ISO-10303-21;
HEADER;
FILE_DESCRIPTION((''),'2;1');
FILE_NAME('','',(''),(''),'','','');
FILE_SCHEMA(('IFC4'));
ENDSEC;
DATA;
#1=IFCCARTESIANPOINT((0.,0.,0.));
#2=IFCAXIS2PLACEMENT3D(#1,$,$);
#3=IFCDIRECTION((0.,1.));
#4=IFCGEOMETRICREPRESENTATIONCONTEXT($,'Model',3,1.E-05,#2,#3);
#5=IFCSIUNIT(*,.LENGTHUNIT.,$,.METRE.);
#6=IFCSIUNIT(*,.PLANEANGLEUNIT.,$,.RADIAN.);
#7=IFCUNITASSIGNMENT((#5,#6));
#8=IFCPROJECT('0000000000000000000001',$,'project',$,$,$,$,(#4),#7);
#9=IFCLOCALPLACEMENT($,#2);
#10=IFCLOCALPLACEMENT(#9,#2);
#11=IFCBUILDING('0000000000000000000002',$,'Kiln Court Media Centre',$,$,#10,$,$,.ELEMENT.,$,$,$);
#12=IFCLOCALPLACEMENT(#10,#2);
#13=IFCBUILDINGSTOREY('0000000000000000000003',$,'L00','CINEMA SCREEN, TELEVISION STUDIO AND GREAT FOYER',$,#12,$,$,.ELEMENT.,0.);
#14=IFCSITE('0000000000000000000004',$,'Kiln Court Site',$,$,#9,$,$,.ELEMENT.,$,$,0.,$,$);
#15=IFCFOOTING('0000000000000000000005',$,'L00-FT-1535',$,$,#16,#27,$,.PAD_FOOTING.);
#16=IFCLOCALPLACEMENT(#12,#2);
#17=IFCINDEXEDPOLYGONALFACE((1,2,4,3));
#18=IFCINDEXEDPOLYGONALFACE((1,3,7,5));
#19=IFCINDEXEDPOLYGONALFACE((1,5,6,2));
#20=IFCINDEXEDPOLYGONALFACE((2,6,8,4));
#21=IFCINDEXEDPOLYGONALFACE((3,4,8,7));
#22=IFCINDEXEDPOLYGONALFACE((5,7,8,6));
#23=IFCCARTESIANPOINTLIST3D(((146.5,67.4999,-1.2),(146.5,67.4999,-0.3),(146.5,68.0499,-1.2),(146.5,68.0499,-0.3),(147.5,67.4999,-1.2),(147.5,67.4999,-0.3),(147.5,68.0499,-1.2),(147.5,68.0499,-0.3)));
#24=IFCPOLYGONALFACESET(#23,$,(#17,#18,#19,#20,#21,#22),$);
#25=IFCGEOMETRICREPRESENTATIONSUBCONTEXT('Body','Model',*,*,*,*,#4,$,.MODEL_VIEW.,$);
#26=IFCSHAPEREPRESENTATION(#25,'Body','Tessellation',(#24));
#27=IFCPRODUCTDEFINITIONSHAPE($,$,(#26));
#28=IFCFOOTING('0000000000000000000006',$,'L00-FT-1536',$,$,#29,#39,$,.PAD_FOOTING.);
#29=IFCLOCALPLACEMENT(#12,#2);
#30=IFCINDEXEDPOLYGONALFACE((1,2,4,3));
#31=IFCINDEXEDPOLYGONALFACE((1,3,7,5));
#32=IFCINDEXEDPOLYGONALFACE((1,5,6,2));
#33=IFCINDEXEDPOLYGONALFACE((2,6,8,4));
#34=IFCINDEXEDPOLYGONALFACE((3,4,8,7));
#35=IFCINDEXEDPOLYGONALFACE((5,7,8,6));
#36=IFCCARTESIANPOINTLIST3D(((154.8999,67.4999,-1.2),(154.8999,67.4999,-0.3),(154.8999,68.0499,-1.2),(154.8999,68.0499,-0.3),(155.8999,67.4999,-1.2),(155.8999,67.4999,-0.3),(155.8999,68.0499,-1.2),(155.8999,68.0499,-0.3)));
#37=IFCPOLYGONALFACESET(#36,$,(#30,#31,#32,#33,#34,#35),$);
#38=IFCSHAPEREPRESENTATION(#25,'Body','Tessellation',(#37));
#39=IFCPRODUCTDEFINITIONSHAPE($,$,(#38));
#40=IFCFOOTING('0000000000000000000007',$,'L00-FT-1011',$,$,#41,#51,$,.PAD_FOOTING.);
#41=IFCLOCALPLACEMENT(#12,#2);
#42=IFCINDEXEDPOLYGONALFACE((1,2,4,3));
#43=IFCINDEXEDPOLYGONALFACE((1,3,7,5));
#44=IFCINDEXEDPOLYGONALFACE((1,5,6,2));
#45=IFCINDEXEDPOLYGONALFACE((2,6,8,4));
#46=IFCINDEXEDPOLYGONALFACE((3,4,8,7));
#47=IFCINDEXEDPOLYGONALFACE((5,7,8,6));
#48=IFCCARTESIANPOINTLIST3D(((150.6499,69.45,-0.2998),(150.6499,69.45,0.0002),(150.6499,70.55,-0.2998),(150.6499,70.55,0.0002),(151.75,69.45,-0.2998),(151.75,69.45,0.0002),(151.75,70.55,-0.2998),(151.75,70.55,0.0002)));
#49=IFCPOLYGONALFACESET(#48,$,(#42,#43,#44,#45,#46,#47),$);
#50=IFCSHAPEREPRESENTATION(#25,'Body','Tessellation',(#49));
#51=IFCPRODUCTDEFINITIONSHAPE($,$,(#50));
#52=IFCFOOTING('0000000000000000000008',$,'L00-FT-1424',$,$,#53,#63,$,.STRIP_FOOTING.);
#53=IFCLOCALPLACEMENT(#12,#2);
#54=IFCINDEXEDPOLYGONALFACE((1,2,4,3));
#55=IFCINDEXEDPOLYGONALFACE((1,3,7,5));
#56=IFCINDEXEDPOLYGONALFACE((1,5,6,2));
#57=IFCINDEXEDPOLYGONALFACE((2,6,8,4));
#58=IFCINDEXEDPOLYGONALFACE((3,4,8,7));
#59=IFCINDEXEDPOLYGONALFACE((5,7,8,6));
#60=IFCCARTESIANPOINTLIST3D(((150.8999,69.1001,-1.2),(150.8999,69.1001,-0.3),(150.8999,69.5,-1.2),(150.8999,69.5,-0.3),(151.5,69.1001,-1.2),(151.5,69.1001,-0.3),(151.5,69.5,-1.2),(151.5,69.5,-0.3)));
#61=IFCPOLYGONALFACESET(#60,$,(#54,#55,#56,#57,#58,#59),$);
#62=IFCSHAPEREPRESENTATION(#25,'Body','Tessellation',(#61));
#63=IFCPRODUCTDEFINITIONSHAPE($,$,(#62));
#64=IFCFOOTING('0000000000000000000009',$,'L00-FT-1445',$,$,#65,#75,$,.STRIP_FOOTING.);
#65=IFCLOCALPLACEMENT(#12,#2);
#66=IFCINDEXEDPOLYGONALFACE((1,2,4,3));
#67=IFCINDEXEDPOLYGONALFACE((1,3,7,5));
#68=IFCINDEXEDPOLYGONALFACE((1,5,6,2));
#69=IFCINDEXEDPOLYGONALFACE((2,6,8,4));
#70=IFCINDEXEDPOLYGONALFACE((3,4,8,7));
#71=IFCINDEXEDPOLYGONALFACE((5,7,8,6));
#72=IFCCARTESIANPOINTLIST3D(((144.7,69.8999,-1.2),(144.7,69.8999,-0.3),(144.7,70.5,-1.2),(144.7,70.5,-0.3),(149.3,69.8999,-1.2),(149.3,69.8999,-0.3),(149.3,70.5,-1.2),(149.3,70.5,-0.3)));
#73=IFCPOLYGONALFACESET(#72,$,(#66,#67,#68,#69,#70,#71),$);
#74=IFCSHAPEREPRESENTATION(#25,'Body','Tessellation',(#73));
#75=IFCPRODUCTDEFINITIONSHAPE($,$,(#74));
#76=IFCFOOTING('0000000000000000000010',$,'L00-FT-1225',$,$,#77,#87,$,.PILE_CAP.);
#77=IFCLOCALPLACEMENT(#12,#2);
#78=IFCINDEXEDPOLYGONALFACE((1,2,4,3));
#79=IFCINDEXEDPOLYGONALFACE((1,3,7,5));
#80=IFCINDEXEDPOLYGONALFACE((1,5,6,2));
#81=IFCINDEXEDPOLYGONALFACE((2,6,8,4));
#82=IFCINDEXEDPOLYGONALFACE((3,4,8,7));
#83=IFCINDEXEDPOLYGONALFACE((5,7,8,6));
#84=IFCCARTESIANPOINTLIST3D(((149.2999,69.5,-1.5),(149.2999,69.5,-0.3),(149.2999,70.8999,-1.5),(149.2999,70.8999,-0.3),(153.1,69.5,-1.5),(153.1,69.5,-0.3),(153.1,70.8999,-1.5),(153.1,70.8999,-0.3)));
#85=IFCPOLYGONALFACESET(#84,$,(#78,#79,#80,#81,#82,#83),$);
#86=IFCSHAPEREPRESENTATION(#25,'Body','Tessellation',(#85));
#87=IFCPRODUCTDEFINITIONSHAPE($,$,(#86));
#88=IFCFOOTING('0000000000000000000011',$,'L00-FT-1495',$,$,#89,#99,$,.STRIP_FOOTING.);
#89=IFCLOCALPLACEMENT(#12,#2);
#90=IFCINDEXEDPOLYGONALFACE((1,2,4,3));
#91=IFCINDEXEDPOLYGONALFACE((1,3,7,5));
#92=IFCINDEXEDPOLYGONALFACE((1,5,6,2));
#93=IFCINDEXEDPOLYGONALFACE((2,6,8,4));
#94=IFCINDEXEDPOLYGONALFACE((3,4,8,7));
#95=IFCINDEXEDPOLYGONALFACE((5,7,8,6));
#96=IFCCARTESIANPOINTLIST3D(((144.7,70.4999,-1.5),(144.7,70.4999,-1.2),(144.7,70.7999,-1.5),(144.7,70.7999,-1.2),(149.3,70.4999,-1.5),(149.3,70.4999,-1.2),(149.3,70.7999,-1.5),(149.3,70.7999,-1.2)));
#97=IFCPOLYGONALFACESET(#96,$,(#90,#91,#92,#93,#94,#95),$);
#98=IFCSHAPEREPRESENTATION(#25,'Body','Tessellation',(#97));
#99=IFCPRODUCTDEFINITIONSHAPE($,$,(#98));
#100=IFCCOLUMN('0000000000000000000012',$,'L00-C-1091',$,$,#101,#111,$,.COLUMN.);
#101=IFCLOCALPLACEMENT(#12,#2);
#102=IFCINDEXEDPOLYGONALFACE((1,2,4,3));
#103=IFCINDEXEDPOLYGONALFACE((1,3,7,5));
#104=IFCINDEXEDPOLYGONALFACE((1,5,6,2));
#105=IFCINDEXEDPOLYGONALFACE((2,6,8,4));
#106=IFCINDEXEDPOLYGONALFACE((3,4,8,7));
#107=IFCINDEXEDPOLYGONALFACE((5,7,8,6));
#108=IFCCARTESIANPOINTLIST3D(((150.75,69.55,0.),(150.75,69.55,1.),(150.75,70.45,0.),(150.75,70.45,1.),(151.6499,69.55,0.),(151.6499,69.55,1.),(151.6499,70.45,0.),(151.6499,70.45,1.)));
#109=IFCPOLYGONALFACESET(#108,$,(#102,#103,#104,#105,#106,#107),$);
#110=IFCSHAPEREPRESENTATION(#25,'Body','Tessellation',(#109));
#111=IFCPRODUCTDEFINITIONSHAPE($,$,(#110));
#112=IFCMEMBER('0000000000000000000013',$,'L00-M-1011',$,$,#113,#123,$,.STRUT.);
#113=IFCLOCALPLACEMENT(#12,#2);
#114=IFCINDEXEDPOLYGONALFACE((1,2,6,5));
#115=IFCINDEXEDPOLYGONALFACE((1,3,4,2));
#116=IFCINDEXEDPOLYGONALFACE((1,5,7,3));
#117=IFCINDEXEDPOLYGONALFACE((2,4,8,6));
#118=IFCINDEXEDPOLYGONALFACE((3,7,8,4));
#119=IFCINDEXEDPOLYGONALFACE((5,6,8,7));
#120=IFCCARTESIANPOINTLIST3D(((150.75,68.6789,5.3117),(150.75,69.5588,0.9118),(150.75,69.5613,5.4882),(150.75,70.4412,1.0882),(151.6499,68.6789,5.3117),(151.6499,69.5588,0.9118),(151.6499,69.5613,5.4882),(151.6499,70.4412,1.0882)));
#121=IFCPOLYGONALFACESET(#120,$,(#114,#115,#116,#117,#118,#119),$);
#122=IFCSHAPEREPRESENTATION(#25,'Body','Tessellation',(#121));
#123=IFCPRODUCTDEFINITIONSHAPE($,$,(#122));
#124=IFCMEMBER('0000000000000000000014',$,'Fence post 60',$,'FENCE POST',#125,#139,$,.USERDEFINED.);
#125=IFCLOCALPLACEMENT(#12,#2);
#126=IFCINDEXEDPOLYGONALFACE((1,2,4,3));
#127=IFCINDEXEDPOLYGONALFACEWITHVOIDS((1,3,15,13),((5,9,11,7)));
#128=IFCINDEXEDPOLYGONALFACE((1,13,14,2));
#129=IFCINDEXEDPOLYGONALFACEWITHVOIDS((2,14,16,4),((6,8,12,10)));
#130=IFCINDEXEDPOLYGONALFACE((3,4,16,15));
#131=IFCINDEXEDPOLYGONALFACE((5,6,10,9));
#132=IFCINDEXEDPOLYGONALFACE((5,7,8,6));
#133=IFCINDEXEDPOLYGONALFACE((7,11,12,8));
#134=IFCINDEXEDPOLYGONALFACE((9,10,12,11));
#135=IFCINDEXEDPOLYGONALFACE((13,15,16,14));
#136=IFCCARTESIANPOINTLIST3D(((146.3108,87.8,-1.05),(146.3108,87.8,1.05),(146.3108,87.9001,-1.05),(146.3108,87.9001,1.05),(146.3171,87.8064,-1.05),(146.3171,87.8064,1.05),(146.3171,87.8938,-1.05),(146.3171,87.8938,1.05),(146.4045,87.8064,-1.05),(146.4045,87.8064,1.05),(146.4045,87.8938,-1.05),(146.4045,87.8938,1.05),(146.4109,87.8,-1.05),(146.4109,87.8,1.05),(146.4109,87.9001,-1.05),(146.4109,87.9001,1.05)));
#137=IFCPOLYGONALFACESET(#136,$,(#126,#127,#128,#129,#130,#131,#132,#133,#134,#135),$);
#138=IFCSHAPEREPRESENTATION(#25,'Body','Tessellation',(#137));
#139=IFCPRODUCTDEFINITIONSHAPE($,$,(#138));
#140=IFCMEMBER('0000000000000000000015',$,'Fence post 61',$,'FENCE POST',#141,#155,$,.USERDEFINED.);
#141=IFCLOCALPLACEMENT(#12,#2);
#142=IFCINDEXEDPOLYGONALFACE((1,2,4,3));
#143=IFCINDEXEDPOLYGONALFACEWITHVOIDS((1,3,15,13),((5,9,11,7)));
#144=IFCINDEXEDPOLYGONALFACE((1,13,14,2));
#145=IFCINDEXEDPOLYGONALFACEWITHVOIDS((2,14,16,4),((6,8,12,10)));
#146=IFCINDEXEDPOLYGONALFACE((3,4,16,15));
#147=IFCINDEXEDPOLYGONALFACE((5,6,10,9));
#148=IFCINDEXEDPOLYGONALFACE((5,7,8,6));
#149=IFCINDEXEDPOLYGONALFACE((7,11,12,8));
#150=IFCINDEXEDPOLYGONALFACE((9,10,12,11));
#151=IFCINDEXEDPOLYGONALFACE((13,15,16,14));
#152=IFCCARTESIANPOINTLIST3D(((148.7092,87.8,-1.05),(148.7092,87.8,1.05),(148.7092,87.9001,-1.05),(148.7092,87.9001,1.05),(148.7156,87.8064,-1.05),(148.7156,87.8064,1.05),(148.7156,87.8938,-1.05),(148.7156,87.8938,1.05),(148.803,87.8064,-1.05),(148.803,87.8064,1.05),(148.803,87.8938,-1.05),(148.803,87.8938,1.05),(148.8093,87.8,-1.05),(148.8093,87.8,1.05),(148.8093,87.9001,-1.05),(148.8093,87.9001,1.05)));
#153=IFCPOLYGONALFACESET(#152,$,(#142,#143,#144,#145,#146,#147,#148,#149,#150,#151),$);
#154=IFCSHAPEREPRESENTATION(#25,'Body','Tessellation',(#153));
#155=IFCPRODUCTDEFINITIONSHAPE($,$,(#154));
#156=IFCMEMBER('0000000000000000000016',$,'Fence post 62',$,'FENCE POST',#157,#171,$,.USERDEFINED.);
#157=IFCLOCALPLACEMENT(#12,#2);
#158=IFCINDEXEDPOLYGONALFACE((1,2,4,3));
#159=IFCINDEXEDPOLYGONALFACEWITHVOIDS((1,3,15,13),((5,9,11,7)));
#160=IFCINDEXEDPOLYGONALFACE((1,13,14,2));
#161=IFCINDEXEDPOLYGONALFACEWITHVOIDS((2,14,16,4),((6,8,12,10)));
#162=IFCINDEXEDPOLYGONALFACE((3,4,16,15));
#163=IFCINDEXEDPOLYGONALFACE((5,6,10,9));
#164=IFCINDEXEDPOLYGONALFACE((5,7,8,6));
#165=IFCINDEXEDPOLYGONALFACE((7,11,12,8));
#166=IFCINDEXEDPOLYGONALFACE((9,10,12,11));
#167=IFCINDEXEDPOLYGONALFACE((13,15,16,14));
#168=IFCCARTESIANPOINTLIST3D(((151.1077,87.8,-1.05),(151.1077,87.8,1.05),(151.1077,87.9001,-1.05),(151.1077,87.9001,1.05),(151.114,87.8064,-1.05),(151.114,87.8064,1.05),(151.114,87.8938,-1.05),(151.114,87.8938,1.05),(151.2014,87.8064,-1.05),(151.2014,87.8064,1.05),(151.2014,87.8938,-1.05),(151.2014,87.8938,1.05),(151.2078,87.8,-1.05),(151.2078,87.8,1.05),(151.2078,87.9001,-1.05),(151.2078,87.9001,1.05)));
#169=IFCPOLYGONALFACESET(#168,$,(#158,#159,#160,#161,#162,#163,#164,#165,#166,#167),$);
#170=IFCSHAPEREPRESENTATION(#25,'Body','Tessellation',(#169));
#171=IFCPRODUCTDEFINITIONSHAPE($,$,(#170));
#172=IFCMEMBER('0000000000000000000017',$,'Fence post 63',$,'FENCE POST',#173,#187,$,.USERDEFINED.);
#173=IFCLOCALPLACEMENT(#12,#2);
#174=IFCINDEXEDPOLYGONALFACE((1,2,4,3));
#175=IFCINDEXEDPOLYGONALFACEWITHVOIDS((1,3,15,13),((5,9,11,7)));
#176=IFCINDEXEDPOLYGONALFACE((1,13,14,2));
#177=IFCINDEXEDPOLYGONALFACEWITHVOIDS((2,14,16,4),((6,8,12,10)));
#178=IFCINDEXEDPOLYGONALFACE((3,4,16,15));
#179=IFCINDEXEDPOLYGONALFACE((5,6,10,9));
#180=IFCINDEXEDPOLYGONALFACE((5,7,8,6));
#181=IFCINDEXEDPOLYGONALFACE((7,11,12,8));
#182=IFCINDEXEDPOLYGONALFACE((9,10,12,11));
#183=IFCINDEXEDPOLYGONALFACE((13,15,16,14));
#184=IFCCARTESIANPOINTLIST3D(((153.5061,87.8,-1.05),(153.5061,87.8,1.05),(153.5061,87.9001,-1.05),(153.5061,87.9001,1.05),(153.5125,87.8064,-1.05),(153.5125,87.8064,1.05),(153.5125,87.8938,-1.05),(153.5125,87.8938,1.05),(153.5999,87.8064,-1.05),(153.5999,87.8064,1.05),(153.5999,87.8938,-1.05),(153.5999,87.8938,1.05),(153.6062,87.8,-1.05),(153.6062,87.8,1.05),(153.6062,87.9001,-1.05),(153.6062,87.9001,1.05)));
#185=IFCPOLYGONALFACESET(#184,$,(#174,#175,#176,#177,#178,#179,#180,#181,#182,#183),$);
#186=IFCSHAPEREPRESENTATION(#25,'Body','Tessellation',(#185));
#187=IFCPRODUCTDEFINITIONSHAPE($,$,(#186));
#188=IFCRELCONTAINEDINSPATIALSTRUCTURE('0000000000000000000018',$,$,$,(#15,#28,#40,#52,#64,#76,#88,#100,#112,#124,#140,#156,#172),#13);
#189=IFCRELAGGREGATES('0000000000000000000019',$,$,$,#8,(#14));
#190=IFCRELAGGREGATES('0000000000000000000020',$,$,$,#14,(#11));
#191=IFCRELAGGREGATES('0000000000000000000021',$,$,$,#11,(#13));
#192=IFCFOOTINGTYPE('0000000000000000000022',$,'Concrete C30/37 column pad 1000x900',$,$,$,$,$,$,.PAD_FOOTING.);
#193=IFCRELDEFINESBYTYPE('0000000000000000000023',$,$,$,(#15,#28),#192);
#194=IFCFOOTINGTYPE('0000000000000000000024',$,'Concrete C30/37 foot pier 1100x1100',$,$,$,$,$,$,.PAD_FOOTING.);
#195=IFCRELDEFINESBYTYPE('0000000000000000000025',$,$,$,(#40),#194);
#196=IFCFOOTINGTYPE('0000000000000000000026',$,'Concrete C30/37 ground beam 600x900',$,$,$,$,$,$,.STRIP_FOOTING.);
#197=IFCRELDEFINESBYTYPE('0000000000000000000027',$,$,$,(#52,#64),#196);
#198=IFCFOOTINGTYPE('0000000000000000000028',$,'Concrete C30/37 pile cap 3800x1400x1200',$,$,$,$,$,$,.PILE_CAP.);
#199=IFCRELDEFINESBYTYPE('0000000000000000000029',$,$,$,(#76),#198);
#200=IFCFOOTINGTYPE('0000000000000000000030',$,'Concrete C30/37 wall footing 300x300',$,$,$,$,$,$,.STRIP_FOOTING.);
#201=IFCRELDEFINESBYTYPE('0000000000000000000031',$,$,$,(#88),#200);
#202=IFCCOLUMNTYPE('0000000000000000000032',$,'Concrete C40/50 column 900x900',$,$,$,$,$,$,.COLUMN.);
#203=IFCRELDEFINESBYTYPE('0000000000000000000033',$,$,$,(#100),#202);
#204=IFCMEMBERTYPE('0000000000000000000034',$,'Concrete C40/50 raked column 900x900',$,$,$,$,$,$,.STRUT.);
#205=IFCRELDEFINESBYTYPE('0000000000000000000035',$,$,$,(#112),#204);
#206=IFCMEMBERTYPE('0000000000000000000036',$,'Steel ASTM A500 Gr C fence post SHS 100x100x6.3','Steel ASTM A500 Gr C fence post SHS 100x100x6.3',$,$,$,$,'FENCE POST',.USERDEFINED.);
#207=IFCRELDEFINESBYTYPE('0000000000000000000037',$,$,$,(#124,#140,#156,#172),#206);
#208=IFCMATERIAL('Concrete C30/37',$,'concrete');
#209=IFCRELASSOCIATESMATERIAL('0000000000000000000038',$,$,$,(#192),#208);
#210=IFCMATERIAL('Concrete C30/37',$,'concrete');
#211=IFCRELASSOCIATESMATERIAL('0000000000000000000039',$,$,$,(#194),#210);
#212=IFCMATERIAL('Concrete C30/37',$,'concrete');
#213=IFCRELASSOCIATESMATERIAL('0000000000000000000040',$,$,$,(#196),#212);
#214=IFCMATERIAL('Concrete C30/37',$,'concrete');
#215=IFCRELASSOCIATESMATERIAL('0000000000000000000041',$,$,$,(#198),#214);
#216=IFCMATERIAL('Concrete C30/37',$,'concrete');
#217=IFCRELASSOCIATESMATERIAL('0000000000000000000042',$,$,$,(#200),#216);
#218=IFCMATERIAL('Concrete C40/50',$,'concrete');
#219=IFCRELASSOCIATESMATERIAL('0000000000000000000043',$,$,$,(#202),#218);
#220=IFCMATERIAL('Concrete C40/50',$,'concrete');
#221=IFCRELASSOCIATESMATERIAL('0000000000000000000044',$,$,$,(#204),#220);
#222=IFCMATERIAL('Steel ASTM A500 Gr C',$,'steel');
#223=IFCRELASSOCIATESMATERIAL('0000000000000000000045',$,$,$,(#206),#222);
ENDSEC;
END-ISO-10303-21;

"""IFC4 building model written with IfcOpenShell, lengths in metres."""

from ifc_helpers import new_model, si_unit, direction, frame, origin, origin_2d, place, context, subcontext, project, spatial, rectangle, hollow_rectangle, extrude, material, material_profile, profile_set, type_object, element, save


model = new_model("IFC4")

# Units and contexts
model_context = context("Model", 3, precision=1e-05, world=origin(), true_north=direction((0.0, 1.0)))
body_context = subcontext(model_context, "Body", "Model", "MODEL_VIEW")
ifc_project = project(units=[si_unit("LENGTHUNIT", "METRE"), si_unit("PLANEANGLEUNIT", "RADIAN")], contexts=[model_context])

# Site, building, storey
site_placement = place(None, origin())
site = spatial("IfcSite", under=ifc_project, at=site_placement, Name="Kiln Court Site", CompositionType="ELEMENT", RefElevation=0.0)
building_placement = place(site_placement, origin())
building = spatial("IfcBuilding", under=site, at=building_placement, Name="Kiln Court Media Centre", CompositionType="ELEMENT")
storey_placement = place(building_placement, origin())
storey = spatial("IfcBuildingStorey", under=building, at=storey_placement, Name="L00", Description="CINEMA SCREEN, TELEVISION STUDIO AND GREAT FOYER", CompositionType="ELEMENT", Elevation=0.0)

# Footings
ifc_material_1 = material(Name="Concrete C30/37", Category="concrete")
footing_type_1 = type_object("IfcFootingType", Name="Concrete C30/37 column pad 1000x900", PredefinedType="PAD_FOOTING", material=ifc_material_1)
for number, where, z_axis, x_axis, name in (
    (1, (147.0, 67.7749, -1.2), (0.0, 0.0, 1.0), (1.0, 0.0, 0.0), "L00-FT-1535"),
    (2, (155.3999, 67.7749, -1.2), (0.0, 0.0, 1.0), (1.0, 0.0, 0.0), "L00-FT-1536"),
):
    element("IfcFooting", number, at=place(storey_placement, frame(where, z_axis=z_axis, x_axis=x_axis)), inside=storey, type_object=footing_type_1, Name=name, PredefinedType="PAD_FOOTING", context=body_context, shape_type="SweptSolid", body=[
        extrude(rectangle(XDim=1.0, YDim=0.55, at=origin_2d()), origin(), (0.0, 0.0, 1.0), 0.8999),
    ])
ifc_material_2 = material(Name="Concrete C30/37", Category="concrete")
footing_type_2 = type_object("IfcFootingType", Name="Concrete C30/37 foot pier 1100x1100", PredefinedType="PAD_FOOTING", material=ifc_material_2)
footing_1_placement = place(storey_placement, frame((151.2, 70.0, -0.2998), z_axis=(0.0, 0.0, 1.0), x_axis=(1.0, 0.0, 0.0)))
element("IfcFooting", 3, at=footing_1_placement, inside=storey, type_object=footing_type_2, Name="L00-FT-1011", PredefinedType="PAD_FOOTING", context=body_context, shape_type="SweptSolid", body=[
    extrude(rectangle(XDim=1.1001, YDim=1.1001, at=origin_2d()), origin(), (0.0, 0.0, 1.0), 0.3),
])
ifc_material_3 = material(Name="Concrete C30/37", Category="concrete")
footing_type_3 = type_object("IfcFootingType", Name="Concrete C30/37 ground beam 600x900", PredefinedType="STRIP_FOOTING", material=ifc_material_3)
footing_2_placement = place(storey_placement, frame((151.2, 69.3, -1.2), z_axis=(0.0, 0.0, 1.0), x_axis=(1.0, 0.0, 0.0)))
element("IfcFooting", 4, at=footing_2_placement, inside=storey, type_object=footing_type_3, Name="L00-FT-1424", PredefinedType="STRIP_FOOTING", context=body_context, shape_type="SweptSolid", body=[
    extrude(rectangle(XDim=0.6001, YDim=0.3999, at=origin_2d()), origin(), (0.0, 0.0, 1.0), 0.8999),
])
footing_3_placement = place(storey_placement, frame((147.0, 70.2, -1.2), z_axis=(0.0, 0.0, 1.0), x_axis=(1.0, 0.0, 0.0)))
element("IfcFooting", 5, at=footing_3_placement, inside=storey, type_object=footing_type_3, Name="L00-FT-1445", PredefinedType="STRIP_FOOTING", context=body_context, shape_type="SweptSolid", body=[
    extrude(rectangle(XDim=4.6001, YDim=0.6001, at=origin_2d()), origin(), (0.0, 0.0, 1.0), 0.8999),
])
ifc_material_4 = material(Name="Concrete C30/37", Category="concrete")
footing_type_4 = type_object("IfcFootingType", Name="Concrete C30/37 pile cap 3800x1400x1200", PredefinedType="PILE_CAP", material=ifc_material_4)
footing_4_placement = place(storey_placement, frame((151.2, 70.2, -1.5), z_axis=(0.0, 0.0, 1.0), x_axis=(1.0, 0.0, 0.0)))
element("IfcFooting", 6, at=footing_4_placement, inside=storey, type_object=footing_type_4, Name="L00-FT-1225", PredefinedType="PILE_CAP", context=body_context, shape_type="SweptSolid", body=[
    extrude(rectangle(XDim=3.8, YDim=1.3999, at=origin_2d()), origin(), (0.0, 0.0, 1.0), 1.2),
])
ifc_material_5 = material(Name="Concrete C30/37", Category="concrete")
footing_type_5 = type_object("IfcFootingType", Name="Concrete C30/37 wall footing 300x300", PredefinedType="STRIP_FOOTING", material=ifc_material_5)
footing_5_placement = place(storey_placement, frame((147.0, 70.6499, -1.5), z_axis=(0.0, 0.0, 1.0), x_axis=(1.0, 0.0, 0.0)))
element("IfcFooting", 7, at=footing_5_placement, inside=storey, type_object=footing_type_5, Name="L00-FT-1495", PredefinedType="STRIP_FOOTING", context=body_context, shape_type="SweptSolid", body=[
    extrude(rectangle(XDim=4.6001, YDim=0.3, at=origin_2d()), origin(), (0.0, 0.0, 1.0), 0.3),
])

# Column
ifc_material_6 = material(Name="Concrete C40/50", Category="concrete")
ifc_material_profile_1 = material_profile(ifc_material_6, rectangle(XDim=0.8999, YDim=0.8999, at=origin_2d()), Name="RC 900x900")
ifc_profile_set_1 = profile_set([ifc_material_profile_1], Name="Concrete C40/50")
column_type = type_object("IfcColumnType", Name="Concrete C40/50 column 900x900", PredefinedType="COLUMN", material=ifc_profile_set_1)
column_placement = place(storey_placement, frame((151.2, 70.0, 0.0), z_axis=(0.0, 0.0, 1.0), x_axis=(1.0, 0.0, 0.0)))
element("IfcColumn", 8, at=column_placement, inside=storey, type_object=column_type, Name="L00-C-1091", PredefinedType="COLUMN", context=body_context, shape_type="SweptSolid", body=[
    extrude(rectangle(XDim=0.8999, YDim=0.8999, at=origin_2d()), origin(), (0.0, 0.0, 1.0), 1.0),
])

# Members
ifc_material_7 = material(Name="Concrete C40/50", Category="concrete")
ifc_material_profile_2 = material_profile(ifc_material_7, rectangle(XDim=0.8999, YDim=0.8999, at=origin_2d()), Name="RC 900x900")
ifc_profile_set_2 = profile_set([ifc_material_profile_2], Name="Concrete C40/50")
member_type_1 = type_object("IfcMemberType", Name="Concrete C40/50 raked column 900x900", PredefinedType="STRUT", material=ifc_profile_set_2)
member_placement = place(storey_placement, frame((151.2, 70.0, 1.0), z_axis=(0.0, -0.196095, 0.980585), x_axis=(1.0, 0.0, 0.0)))
element("IfcMember", 9, at=member_placement, inside=storey, type_object=member_type_1, Name="L00-M-1011", PredefinedType="STRUT", context=body_context, shape_type="SweptSolid", body=[
    extrude(rectangle(XDim=0.8999, YDim=0.8999, at=origin_2d()), origin(), (0.0, 0.0, 1.0), 4.4871),
])
ifc_material_8 = material(Name="Steel ASTM A500 Gr C", Category="steel")
ifc_material_profile_3 = material_profile(ifc_material_8, hollow_rectangle(XDim=0.1001, YDim=0.1001, WallThickness=0.0063, at=origin_2d()), Name="SHS 100x100x6.3")
ifc_profile_set_3 = profile_set([ifc_material_profile_3], Name="Steel ASTM A500 Gr C")
member_type_2 = type_object("IfcMemberType", Name="Steel ASTM A500 Gr C fence post SHS 100x100x6.3", Description="Steel ASTM A500 Gr C fence post SHS 100x100x6.3", ElementType="FENCE POST", PredefinedType="USERDEFINED", material=ifc_profile_set_3)
for number, where, z_axis, x_axis, name in (
    (10, (146.3608, 87.8501, -1.05), (0.0, 0.0, 1.0), (1.0, 0.0, 0.0), "Fence post 60"),
    (11, (148.7593, 87.8501, -1.05), (0.0, 0.0, 1.0), (1.0, 0.0, 0.0), "Fence post 61"),
    (12, (151.1577, 87.8501, -1.05), (0.0, 0.0, 1.0), (1.0, 0.0, 0.0), "Fence post 62"),
    (13, (153.5562, 87.8501, -1.05), (0.0, 0.0, 1.0), (1.0, 0.0, 0.0), "Fence post 63"),
):
    element("IfcMember", number, at=place(storey_placement, frame(where, z_axis=z_axis, x_axis=x_axis)), inside=storey, type_object=member_type_2, Name=name, ObjectType="FENCE POST", PredefinedType="USERDEFINED", context=body_context, shape_type="SweptSolid", body=[
        extrude(hollow_rectangle(XDim=0.1001, YDim=0.1001, WallThickness=0.0063, at=origin_2d()), origin(), (0.0, 0.0, 1.0), 2.1001),
    ])

save(model, "model.ifc")
